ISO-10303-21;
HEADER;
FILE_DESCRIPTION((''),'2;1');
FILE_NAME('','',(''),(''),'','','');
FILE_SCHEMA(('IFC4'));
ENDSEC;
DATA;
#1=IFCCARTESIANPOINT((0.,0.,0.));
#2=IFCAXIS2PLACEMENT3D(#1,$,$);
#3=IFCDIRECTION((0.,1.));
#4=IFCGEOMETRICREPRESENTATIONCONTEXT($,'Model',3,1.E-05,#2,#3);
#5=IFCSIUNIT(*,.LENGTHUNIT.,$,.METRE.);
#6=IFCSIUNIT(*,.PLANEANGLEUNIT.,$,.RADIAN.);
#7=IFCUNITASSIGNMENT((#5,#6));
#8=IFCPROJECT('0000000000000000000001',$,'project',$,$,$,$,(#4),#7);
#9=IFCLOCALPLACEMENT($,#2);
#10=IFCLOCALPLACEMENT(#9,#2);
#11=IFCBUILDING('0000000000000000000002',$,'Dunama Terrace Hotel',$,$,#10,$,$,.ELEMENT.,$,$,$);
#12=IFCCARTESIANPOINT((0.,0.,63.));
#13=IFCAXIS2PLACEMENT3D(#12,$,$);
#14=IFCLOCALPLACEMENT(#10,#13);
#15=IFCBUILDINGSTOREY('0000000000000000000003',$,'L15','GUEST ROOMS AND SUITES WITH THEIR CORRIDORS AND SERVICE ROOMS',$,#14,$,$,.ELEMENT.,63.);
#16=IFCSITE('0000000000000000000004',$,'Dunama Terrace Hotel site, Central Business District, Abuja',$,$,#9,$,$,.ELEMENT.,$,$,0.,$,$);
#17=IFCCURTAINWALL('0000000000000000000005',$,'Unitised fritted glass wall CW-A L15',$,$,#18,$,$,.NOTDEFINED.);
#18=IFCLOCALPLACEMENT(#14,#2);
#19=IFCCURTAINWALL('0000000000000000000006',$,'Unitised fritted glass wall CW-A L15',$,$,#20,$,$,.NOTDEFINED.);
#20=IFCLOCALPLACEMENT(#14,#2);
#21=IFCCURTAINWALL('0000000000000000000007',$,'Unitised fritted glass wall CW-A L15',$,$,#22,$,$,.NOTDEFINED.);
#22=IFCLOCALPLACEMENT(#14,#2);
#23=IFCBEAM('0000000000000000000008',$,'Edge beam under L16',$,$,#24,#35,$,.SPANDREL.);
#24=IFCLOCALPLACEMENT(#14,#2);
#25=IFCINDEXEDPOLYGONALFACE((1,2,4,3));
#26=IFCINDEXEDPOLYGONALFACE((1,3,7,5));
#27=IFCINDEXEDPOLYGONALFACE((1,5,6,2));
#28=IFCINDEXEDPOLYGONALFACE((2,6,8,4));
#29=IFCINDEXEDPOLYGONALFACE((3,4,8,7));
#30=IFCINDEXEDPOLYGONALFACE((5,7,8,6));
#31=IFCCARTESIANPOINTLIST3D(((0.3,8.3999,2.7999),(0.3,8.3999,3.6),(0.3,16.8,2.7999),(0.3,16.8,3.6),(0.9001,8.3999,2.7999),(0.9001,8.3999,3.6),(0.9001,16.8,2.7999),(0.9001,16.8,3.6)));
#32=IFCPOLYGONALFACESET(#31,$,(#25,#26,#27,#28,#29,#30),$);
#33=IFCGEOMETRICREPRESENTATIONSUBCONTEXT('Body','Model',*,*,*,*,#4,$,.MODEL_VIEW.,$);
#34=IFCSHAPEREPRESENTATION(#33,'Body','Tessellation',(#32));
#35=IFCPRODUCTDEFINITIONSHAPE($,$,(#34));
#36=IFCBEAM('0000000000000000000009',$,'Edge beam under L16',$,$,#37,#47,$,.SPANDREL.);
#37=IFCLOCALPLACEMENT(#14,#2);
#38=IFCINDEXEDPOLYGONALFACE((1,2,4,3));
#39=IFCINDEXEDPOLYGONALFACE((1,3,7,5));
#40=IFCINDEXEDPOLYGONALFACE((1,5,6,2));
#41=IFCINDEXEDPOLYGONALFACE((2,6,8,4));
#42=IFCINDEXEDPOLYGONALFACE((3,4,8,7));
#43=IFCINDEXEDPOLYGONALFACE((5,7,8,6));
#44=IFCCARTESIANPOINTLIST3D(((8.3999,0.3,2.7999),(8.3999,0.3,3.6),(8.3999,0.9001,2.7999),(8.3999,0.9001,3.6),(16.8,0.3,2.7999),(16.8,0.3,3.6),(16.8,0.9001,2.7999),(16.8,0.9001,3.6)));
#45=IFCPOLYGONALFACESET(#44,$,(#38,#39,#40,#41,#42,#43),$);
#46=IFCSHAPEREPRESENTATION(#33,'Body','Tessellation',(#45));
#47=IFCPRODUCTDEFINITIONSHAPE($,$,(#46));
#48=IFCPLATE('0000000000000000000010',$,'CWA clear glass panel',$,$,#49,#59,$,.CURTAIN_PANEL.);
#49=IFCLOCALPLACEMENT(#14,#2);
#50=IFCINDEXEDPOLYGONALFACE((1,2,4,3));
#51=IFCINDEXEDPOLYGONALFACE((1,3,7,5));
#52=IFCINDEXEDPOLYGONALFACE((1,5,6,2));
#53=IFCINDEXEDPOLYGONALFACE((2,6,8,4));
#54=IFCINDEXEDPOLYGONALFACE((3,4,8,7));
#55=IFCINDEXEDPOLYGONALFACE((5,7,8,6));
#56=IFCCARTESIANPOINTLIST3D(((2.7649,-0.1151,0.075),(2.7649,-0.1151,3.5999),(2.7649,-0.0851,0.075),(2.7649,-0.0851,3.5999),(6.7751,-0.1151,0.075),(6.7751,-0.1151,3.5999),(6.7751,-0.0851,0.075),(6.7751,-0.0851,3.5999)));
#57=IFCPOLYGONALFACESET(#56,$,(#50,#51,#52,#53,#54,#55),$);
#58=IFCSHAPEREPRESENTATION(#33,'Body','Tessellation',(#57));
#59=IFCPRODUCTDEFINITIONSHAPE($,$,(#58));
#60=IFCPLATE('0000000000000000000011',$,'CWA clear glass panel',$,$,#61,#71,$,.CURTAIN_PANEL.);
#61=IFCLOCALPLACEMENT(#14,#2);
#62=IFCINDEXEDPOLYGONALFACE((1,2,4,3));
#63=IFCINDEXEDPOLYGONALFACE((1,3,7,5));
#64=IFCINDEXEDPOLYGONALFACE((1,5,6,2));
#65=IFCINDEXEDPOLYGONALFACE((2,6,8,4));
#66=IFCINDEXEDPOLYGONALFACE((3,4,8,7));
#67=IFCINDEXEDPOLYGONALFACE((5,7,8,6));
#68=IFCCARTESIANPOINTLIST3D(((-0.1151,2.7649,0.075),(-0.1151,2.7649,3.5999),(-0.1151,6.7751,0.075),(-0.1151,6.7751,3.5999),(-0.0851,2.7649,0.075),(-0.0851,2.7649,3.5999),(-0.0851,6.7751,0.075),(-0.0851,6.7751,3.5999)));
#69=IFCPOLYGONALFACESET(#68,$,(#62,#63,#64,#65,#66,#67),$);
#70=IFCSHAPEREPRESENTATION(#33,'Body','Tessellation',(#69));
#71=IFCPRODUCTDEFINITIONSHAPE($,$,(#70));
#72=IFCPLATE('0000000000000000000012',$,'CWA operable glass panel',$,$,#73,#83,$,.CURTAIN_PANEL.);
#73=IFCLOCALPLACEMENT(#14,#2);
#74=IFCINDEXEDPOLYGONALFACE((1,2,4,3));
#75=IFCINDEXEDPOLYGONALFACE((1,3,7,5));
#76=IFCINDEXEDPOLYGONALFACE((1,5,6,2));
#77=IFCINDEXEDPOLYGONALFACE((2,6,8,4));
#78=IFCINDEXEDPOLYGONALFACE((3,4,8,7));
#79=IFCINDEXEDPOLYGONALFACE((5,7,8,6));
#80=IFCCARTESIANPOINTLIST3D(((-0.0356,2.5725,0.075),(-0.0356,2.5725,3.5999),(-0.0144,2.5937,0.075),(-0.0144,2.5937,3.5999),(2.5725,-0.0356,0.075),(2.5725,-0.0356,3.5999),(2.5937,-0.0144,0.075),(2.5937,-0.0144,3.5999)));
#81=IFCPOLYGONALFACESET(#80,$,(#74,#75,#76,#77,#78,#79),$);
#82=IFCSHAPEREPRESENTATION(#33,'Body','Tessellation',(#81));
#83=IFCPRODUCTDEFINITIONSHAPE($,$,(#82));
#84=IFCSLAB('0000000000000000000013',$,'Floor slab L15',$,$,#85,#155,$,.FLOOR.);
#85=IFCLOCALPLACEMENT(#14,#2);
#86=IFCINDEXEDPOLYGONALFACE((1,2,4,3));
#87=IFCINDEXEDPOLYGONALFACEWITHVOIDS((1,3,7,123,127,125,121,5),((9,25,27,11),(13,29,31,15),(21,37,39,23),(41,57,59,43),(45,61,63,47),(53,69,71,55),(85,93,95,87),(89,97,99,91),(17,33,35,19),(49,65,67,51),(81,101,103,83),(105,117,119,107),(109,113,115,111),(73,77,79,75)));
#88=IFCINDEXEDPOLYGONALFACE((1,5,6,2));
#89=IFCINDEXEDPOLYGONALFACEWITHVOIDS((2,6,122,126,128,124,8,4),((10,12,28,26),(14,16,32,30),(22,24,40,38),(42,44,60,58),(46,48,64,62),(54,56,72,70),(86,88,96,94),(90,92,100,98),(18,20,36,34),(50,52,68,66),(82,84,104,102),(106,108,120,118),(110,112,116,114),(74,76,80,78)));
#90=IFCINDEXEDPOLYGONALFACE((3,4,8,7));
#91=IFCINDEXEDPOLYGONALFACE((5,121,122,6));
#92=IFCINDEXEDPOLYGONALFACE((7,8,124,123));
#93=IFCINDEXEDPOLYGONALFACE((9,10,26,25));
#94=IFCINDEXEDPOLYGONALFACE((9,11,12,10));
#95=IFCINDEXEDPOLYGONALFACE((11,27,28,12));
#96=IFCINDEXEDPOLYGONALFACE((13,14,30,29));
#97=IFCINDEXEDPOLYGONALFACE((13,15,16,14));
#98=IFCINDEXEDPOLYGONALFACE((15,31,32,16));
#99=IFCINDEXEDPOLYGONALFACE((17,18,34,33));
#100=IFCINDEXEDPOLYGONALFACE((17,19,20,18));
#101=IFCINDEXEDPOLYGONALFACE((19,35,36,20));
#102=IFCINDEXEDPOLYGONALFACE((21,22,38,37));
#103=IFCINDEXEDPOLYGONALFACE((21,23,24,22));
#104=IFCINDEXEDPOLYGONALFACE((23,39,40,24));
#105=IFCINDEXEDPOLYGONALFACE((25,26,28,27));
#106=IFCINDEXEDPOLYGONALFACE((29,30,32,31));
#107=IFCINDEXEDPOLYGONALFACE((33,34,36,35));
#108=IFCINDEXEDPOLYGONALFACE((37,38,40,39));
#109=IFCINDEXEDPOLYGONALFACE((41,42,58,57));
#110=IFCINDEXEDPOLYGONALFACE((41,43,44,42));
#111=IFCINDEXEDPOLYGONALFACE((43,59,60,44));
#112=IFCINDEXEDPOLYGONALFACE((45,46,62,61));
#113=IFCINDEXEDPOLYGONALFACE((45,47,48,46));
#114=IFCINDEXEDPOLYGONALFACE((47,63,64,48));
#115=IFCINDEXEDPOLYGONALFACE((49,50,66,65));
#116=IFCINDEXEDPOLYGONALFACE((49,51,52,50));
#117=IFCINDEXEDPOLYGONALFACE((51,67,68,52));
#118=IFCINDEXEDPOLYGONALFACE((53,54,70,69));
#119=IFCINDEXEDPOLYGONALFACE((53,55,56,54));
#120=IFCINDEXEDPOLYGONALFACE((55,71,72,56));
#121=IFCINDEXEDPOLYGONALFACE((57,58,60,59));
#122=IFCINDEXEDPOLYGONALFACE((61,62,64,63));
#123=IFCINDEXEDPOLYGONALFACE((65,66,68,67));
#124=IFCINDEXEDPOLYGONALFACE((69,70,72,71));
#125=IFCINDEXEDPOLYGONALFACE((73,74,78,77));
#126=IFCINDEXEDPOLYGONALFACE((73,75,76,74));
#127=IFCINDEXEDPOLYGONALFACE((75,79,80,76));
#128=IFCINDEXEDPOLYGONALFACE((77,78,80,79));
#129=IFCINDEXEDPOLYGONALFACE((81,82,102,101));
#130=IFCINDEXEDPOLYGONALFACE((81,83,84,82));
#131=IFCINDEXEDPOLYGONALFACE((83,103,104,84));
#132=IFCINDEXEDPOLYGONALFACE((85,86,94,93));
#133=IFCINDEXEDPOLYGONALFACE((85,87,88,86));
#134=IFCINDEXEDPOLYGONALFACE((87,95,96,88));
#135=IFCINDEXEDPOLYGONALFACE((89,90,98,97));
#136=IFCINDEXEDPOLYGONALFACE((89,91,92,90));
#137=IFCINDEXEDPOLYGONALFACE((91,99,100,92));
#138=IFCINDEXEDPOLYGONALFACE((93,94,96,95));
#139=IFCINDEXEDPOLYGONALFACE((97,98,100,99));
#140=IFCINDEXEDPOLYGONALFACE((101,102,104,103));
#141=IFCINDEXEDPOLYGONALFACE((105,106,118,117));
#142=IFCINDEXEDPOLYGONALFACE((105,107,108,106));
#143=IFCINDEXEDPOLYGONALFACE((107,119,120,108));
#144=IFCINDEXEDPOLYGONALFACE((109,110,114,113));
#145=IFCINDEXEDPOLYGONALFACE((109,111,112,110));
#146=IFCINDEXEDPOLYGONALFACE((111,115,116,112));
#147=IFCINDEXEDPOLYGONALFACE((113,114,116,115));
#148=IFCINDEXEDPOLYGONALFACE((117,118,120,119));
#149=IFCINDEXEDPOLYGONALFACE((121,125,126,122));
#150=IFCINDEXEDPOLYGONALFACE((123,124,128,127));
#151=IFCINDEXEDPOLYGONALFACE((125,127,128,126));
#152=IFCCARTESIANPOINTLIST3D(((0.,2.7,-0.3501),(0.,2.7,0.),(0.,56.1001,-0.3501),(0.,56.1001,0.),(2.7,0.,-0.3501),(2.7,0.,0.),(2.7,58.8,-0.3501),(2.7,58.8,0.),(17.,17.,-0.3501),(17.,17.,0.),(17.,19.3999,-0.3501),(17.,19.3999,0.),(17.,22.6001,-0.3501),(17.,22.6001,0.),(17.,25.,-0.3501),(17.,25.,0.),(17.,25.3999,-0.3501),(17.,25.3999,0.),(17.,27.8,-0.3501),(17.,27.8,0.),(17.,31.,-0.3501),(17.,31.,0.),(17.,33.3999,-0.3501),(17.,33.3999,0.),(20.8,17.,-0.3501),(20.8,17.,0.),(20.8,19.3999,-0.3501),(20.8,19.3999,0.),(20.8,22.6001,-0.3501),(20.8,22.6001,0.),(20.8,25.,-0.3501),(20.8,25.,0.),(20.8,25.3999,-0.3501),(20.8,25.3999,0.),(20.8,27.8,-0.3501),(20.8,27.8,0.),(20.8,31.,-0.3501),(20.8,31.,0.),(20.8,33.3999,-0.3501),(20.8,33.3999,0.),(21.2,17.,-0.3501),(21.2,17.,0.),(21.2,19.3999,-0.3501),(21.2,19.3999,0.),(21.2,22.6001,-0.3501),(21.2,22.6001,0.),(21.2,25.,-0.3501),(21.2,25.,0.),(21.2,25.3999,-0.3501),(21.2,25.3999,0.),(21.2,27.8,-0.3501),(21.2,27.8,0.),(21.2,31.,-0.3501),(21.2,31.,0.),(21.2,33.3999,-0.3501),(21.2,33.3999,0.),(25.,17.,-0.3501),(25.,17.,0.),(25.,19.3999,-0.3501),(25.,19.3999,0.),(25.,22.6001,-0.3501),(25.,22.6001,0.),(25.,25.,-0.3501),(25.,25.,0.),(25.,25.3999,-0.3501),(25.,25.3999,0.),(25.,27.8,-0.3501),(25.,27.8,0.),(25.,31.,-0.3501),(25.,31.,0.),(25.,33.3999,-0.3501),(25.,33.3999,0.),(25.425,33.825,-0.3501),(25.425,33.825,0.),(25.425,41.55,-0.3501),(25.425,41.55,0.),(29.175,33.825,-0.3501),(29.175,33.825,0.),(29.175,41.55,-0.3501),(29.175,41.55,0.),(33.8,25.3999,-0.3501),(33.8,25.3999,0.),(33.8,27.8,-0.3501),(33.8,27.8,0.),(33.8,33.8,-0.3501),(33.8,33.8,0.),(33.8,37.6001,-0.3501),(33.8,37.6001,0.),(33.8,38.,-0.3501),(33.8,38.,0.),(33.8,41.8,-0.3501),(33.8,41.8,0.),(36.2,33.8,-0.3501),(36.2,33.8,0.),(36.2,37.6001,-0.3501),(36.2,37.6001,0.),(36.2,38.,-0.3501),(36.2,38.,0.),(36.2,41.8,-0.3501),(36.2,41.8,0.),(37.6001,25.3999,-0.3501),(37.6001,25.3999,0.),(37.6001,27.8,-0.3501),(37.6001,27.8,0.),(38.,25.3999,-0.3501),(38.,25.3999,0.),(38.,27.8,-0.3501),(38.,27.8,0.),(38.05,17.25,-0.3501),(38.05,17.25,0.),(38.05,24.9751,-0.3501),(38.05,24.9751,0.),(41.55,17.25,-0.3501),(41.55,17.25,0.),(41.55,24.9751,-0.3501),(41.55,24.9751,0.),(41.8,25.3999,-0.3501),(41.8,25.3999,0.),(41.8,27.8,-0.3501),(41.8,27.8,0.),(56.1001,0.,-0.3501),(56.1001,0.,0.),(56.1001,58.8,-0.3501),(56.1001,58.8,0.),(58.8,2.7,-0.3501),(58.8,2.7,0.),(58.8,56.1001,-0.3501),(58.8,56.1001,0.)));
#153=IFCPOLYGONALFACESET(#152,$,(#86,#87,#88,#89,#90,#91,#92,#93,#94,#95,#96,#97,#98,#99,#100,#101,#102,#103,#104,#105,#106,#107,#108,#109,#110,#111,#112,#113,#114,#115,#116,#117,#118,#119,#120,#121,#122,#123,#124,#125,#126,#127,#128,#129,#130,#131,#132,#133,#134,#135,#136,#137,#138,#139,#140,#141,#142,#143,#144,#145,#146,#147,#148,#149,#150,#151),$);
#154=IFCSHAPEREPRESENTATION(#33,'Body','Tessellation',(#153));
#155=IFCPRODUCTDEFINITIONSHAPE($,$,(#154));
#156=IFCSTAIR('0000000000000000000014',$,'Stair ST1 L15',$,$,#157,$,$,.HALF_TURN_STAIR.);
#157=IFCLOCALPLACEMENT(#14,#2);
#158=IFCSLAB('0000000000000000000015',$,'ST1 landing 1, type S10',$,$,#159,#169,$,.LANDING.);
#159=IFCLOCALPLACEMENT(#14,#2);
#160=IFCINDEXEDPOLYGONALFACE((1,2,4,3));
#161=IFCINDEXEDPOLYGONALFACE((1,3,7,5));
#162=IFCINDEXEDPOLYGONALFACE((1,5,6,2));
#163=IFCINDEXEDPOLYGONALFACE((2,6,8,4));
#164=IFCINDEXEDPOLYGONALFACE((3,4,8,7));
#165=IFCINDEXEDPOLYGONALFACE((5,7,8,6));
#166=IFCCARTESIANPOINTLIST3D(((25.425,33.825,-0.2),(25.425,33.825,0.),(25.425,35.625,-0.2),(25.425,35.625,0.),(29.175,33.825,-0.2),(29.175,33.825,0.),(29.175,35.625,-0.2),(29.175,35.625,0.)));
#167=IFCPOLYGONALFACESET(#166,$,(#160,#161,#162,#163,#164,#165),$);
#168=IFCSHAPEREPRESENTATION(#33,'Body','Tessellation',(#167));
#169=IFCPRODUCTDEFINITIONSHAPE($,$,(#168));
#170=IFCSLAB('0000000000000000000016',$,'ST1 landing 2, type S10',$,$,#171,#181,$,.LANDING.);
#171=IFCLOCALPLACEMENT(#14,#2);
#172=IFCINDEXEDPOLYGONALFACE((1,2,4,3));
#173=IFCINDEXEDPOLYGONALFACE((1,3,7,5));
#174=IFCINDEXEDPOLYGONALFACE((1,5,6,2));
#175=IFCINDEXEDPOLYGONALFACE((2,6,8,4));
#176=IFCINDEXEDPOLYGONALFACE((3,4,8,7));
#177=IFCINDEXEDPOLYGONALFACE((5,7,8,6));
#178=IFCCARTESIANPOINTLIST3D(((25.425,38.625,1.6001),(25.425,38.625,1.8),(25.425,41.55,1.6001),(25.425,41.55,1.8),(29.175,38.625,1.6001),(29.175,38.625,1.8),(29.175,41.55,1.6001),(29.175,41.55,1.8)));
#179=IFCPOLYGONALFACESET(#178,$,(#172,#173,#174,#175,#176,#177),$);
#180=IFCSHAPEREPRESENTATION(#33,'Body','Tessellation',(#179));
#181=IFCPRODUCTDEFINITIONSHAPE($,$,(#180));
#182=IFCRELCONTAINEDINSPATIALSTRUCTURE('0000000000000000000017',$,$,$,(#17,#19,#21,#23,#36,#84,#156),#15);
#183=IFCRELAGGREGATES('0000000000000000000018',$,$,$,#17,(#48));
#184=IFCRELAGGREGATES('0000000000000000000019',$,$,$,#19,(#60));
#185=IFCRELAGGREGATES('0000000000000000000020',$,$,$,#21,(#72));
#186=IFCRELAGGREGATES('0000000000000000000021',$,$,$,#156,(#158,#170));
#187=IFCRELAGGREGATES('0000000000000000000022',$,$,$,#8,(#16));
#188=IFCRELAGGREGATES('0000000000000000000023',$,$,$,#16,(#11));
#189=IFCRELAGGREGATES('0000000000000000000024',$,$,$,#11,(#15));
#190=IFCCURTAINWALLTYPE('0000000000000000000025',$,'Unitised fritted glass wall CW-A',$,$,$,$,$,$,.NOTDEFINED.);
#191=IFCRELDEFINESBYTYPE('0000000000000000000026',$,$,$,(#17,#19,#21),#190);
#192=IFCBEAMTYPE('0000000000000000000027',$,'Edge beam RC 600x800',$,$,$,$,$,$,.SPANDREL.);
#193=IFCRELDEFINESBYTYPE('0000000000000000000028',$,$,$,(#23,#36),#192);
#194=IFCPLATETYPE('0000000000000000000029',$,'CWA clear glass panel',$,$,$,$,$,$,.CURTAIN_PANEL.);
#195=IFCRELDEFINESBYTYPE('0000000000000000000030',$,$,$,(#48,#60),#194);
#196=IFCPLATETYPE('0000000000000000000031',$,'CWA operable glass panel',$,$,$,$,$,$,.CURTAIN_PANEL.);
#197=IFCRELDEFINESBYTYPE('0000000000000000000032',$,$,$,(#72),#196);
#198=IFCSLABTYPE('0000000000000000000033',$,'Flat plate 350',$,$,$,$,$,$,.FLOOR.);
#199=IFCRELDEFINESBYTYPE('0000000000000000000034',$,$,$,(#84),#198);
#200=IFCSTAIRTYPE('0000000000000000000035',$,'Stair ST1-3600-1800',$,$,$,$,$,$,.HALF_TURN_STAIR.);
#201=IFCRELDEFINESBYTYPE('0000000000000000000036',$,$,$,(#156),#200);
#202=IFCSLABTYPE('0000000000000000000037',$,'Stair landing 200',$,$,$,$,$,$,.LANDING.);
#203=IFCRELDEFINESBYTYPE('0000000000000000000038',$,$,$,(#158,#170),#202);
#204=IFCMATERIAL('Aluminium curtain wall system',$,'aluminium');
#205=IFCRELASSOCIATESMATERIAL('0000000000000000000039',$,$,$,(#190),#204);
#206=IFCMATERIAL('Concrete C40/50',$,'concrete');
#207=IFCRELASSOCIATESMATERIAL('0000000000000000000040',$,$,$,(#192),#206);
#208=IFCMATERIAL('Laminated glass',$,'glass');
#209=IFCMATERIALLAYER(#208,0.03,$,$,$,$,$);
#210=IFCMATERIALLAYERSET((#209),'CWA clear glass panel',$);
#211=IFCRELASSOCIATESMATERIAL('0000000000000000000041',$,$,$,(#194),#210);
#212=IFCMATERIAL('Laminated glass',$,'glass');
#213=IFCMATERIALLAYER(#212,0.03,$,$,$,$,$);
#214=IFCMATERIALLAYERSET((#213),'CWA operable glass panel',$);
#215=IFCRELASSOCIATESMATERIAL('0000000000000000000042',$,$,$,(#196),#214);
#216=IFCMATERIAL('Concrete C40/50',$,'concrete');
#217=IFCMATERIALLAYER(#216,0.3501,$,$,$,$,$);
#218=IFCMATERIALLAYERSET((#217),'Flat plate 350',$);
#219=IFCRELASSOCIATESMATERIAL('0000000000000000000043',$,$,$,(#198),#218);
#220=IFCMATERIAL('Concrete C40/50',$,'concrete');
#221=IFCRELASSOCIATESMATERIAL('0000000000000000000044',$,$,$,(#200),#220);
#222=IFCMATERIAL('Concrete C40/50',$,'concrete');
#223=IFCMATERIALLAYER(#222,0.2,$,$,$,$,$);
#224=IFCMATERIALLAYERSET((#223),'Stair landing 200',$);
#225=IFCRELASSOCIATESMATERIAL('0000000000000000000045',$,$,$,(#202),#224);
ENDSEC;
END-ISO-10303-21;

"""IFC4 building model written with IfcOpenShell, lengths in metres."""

from ifc_helpers import new_model, si_unit, direction, frame, origin, origin_2d, place, context, subcontext, project, spatial, polyline, rectangle, outline, extrude, material, layer, layer_set, material_profile, profile_set, type_object, element, aggregate, save


model = new_model("IFC4")

# Units and contexts
model_context = context("Model", 3, precision=1e-05, world=origin(), true_north=direction((0.0, 1.0)))
body_context = subcontext(model_context, "Body", "Model", "MODEL_VIEW")
ifc_project = project(units=[si_unit("LENGTHUNIT", "METRE"), si_unit("PLANEANGLEUNIT", "RADIAN")], contexts=[model_context])

# Site, building, storey
site_placement = place(None, origin())
site = spatial("IfcSite", under=ifc_project, at=site_placement, Name="Dunama Terrace Hotel site, Central Business District, Abuja", CompositionType="ELEMENT", RefElevation=0.0)
building_placement = place(site_placement, origin())
building = spatial("IfcBuilding", under=site, at=building_placement, Name="Dunama Terrace Hotel", CompositionType="ELEMENT")
storey_placement = place(building_placement, frame((0.0, 0.0, 63.0)))
storey = spatial("IfcBuildingStorey", under=building, at=storey_placement, Name="L15", Description="GUEST ROOMS AND SUITES WITH THEIR CORRIDORS AND SERVICE ROOMS", CompositionType="ELEMENT", Elevation=63.0)

# Curtain walls
ifc_material_1 = material(Name="Aluminium curtain wall system", Category="aluminium")
curtain_wall_type = type_object("IfcCurtainWallType", Name="Unitised fritted glass wall CW-A", PredefinedType="NOTDEFINED", material=ifc_material_1)
curtain_wall_1_placement = place(storey_placement, origin())
curtain_wall_1 = element("IfcCurtainWall", 1, at=curtain_wall_1_placement, inside=storey, type_object=curtain_wall_type, Name="Unitised fritted glass wall CW-A L15", PredefinedType="NOTDEFINED")
curtain_wall_2_placement = place(storey_placement, origin())
curtain_wall_2 = element("IfcCurtainWall", 2, at=curtain_wall_2_placement, inside=storey, type_object=curtain_wall_type, Name="Unitised fritted glass wall CW-A L15", PredefinedType="NOTDEFINED")
curtain_wall_3_placement = place(storey_placement, origin())
curtain_wall_3 = element("IfcCurtainWall", 3, at=curtain_wall_3_placement, inside=storey, type_object=curtain_wall_type, Name="Unitised fritted glass wall CW-A L15", PredefinedType="NOTDEFINED")

# Beams
ifc_material_2 = material(Name="Concrete C40/50", Category="concrete")
ifc_material_profile_1 = material_profile(ifc_material_2, rectangle(XDim=0.6001, YDim=0.8, at=origin_2d()), Name="RC 600x800")
ifc_profile_set_1 = profile_set([ifc_material_profile_1], Name="Concrete C40/50")
beam_type_1 = type_object("IfcBeamType", Name="Edge beam RC 600x800", PredefinedType="SPANDREL", material=ifc_profile_set_1)
for number, where, z_axis, x_axis, name in (
    (4, (0.6001, 8.3999, 3.2), (0.0, 1.0, 0.0), (-1.0, 0.0, 0.0), "Edge beam under L16"),
    (5, (8.3999, 0.6001, 3.2), (1.0, 0.0, 0.0), (0.0, 1.0, 0.0), "Edge beam under L16"),
):
    element("IfcBeam", number, at=place(storey_placement, frame(where, z_axis=z_axis, x_axis=x_axis)), inside=storey, type_object=beam_type_1, Name=name, PredefinedType="SPANDREL", context=body_context, shape_type="SweptSolid", body=[
        extrude(rectangle(XDim=0.6001, YDim=0.8, at=origin_2d()), origin(), (0.0, 0.0, 1.0), 8.4001),
    ])

# Plates
ifc_material_3 = material(Name="Laminated glass", Category="glass")
ifc_layer_1 = layer(ifc_material_3, 0.03)
ifc_layer_set_1 = layer_set([ifc_layer_1], Name="CWA clear glass panel")
plate_type_1 = type_object("IfcPlateType", Name="CWA clear glass panel", PredefinedType="CURTAIN_PANEL", material=ifc_layer_set_1)
plate_1_placement = place(storey_placement, frame((4.77, -0.1001, 0.075), z_axis=(0.0, 0.0, 1.0), x_axis=(1.0, 0.0, 0.0)))
plate_1 = element("IfcPlate", 6, at=plate_1_placement, type_object=plate_type_1, Name="CWA clear glass panel", PredefinedType="CURTAIN_PANEL", context=body_context, shape_type="SweptSolid", body=[
    extrude(rectangle(XDim=4.0103, YDim=0.03, at=origin_2d()), origin(), (0.0, 0.0, 1.0), 3.5249),
])
aggregate(curtain_wall_1, [plate_1])
plate_2_placement = place(storey_placement, frame((-0.1001, 4.77, 0.075), z_axis=(0.0, 0.0, 1.0), x_axis=(0.0, -1.0, 0.0)))
plate_2 = element("IfcPlate", 7, at=plate_2_placement, type_object=plate_type_1, Name="CWA clear glass panel", PredefinedType="CURTAIN_PANEL", context=body_context, shape_type="SweptSolid", body=[
    extrude(rectangle(XDim=4.0103, YDim=0.03, at=origin_2d()), origin(), (0.0, 0.0, 1.0), 3.5249),
])
aggregate(curtain_wall_2, [plate_2])
ifc_material_4 = material(Name="Laminated glass", Category="glass")
ifc_layer_2 = layer(ifc_material_4, 0.03)
ifc_layer_set_2 = layer_set([ifc_layer_2], Name="CWA operable glass panel")
plate_type_2 = type_object("IfcPlateType", Name="CWA operable glass panel", PredefinedType="CURTAIN_PANEL", material=ifc_layer_set_2)
plate_3_placement = place(storey_placement, frame((1.2791, 1.2791, 0.075), z_axis=(0.0, 0.0, 1.0), x_axis=(0.707107, -0.707107, 0.0)))
plate_3 = element("IfcPlate", 8, at=plate_3_placement, type_object=plate_type_2, Name="CWA operable glass panel", PredefinedType="CURTAIN_PANEL", context=body_context, shape_type="SweptSolid", body=[
    extrude(rectangle(XDim=3.6885, YDim=0.03, at=origin_2d()), origin(), (0.0, 0.0, 1.0), 3.5249),
])
aggregate(curtain_wall_3, [plate_3])

# Slab
ifc_material_5 = material(Name="Concrete C40/50", Category="concrete")
ifc_layer_3 = layer(ifc_material_5, 0.3501)
ifc_layer_set_3 = layer_set([ifc_layer_3], Name="Flat plate 350")
slab_type_1 = type_object("IfcSlabType", Name="Flat plate 350", PredefinedType="FLOOR", material=ifc_layer_set_3)
slab_1_placement = place(storey_placement, frame((0.0, 0.0, -0.3501)))
element("IfcSlab", 9, at=slab_1_placement, inside=storey, type_object=slab_type_1, Name="Floor slab L15", PredefinedType="FLOOR", context=body_context, shape_type="SweptSolid", body=[
    extrude(outline(polyline([(2.7, 0.0), (56.1001, 0.0), (58.8, 2.7), (58.8, 56.1001), (56.1001, 58.8), (2.7, 58.8), (0.0, 56.1001), (0.0, 2.7), (2.7, 0.0)]), holes=[polyline([(20.8, 25.3999), (20.8, 27.8), (17.0, 27.8), (17.0, 25.3999), (20.8, 25.3999)]), polyline([(25.0, 25.3999), (25.0, 27.8), (21.2, 27.8), (21.2, 25.3999), (25.0, 25.3999)]), polyline([(20.8, 31.0), (20.8, 33.3999), (17.0, 33.3999), (17.0, 31.0), (20.8, 31.0)]), polyline([(25.0, 31.0), (25.0, 33.3999), (21.2, 33.3999), (21.2, 31.0), (25.0, 31.0)]), polyline([(37.6001, 25.3999), (37.6001, 27.8), (33.8, 27.8), (33.8, 25.3999), (37.6001, 25.3999)]), polyline([(41.8, 25.3999), (41.8, 27.8), (38.0, 27.8), (38.0, 25.3999), (41.8, 25.3999)]), polyline([(20.8, 17.0), (20.8, 19.3999), (17.0, 19.3999), (17.0, 17.0), (20.8, 17.0)]), polyline([(25.0, 17.0), (25.0, 19.3999), (21.2, 19.3999), (21.2, 17.0), (25.0, 17.0)]), polyline([(20.8, 22.6001), (20.8, 25.0), (17.0, 25.0), (17.0, 22.6001), (20.8, 22.6001)]), polyline([(25.0, 22.6001), (25.0, 25.0), (21.2, 25.0), (21.2, 22.6001), (25.0, 22.6001)]), polyline([(36.2, 38.0), (36.2, 41.8), (33.8, 41.8), (33.8, 38.0), (36.2, 38.0)]), polyline([(36.2, 33.8), (36.2, 37.6001), (33.8, 37.6001), (33.8, 33.8), (36.2, 33.8)]), polyline([(29.175, 33.825), (29.175, 41.55), (25.425, 41.55), (25.425, 33.825), (29.175, 33.825)]), polyline([(41.55, 17.25), (41.55, 24.9751), (38.05, 24.9751), (38.05, 17.25), (41.55, 17.25)])]), origin(), (0.0, 0.0, 1.0), 0.3501),
])

# Stair, slabs
ifc_material_6 = material(Name="Concrete C40/50", Category="concrete")
stair_type_1 = type_object("IfcStairType", Name="Stair ST1-3600-1800", PredefinedType="HALF_TURN_STAIR", material=ifc_material_6)
stair_1_placement = place(storey_placement, origin())
stair_1 = element("IfcStair", 10, at=stair_1_placement, inside=storey, type_object=stair_type_1, Name="Stair ST1 L15", PredefinedType="HALF_TURN_STAIR")
ifc_material_7 = material(Name="Concrete C40/50", Category="concrete")
ifc_layer_4 = layer(ifc_material_7, 0.2)
ifc_layer_set_4 = layer_set([ifc_layer_4], Name="Stair landing 200")
slab_type_2 = type_object("IfcSlabType", Name="Stair landing 200", PredefinedType="LANDING", material=ifc_layer_set_4)
slab_2_placement = place(storey_placement, frame((0.0, 0.0, -0.2)))
slab_2 = element("IfcSlab", 11, at=slab_2_placement, type_object=slab_type_2, Name="ST1 landing 1, type S10", PredefinedType="LANDING", context=body_context, shape_type="SweptSolid", body=[
    extrude(outline(polyline([(25.425, 33.825), (29.175, 33.825), (29.175, 35.625), (25.425, 35.625), (25.425, 33.825)])), origin(), (0.0, 0.0, 1.0), 0.2),
])
slab_3_placement = place(storey_placement, frame((0.0, 0.0, 1.6001)))
slab_3 = element("IfcSlab", 12, at=slab_3_placement, type_object=slab_type_2, Name="ST1 landing 2, type S10", PredefinedType="LANDING", context=body_context, shape_type="SweptSolid", body=[
    extrude(outline(polyline([(25.425, 38.625), (29.175, 38.625), (29.175, 41.55), (25.425, 41.55), (25.425, 38.625)])), origin(), (0.0, 0.0, 1.0), 0.2),
])
aggregate(stair_1, [slab_2, slab_3])

save(model, "model.ifc")
